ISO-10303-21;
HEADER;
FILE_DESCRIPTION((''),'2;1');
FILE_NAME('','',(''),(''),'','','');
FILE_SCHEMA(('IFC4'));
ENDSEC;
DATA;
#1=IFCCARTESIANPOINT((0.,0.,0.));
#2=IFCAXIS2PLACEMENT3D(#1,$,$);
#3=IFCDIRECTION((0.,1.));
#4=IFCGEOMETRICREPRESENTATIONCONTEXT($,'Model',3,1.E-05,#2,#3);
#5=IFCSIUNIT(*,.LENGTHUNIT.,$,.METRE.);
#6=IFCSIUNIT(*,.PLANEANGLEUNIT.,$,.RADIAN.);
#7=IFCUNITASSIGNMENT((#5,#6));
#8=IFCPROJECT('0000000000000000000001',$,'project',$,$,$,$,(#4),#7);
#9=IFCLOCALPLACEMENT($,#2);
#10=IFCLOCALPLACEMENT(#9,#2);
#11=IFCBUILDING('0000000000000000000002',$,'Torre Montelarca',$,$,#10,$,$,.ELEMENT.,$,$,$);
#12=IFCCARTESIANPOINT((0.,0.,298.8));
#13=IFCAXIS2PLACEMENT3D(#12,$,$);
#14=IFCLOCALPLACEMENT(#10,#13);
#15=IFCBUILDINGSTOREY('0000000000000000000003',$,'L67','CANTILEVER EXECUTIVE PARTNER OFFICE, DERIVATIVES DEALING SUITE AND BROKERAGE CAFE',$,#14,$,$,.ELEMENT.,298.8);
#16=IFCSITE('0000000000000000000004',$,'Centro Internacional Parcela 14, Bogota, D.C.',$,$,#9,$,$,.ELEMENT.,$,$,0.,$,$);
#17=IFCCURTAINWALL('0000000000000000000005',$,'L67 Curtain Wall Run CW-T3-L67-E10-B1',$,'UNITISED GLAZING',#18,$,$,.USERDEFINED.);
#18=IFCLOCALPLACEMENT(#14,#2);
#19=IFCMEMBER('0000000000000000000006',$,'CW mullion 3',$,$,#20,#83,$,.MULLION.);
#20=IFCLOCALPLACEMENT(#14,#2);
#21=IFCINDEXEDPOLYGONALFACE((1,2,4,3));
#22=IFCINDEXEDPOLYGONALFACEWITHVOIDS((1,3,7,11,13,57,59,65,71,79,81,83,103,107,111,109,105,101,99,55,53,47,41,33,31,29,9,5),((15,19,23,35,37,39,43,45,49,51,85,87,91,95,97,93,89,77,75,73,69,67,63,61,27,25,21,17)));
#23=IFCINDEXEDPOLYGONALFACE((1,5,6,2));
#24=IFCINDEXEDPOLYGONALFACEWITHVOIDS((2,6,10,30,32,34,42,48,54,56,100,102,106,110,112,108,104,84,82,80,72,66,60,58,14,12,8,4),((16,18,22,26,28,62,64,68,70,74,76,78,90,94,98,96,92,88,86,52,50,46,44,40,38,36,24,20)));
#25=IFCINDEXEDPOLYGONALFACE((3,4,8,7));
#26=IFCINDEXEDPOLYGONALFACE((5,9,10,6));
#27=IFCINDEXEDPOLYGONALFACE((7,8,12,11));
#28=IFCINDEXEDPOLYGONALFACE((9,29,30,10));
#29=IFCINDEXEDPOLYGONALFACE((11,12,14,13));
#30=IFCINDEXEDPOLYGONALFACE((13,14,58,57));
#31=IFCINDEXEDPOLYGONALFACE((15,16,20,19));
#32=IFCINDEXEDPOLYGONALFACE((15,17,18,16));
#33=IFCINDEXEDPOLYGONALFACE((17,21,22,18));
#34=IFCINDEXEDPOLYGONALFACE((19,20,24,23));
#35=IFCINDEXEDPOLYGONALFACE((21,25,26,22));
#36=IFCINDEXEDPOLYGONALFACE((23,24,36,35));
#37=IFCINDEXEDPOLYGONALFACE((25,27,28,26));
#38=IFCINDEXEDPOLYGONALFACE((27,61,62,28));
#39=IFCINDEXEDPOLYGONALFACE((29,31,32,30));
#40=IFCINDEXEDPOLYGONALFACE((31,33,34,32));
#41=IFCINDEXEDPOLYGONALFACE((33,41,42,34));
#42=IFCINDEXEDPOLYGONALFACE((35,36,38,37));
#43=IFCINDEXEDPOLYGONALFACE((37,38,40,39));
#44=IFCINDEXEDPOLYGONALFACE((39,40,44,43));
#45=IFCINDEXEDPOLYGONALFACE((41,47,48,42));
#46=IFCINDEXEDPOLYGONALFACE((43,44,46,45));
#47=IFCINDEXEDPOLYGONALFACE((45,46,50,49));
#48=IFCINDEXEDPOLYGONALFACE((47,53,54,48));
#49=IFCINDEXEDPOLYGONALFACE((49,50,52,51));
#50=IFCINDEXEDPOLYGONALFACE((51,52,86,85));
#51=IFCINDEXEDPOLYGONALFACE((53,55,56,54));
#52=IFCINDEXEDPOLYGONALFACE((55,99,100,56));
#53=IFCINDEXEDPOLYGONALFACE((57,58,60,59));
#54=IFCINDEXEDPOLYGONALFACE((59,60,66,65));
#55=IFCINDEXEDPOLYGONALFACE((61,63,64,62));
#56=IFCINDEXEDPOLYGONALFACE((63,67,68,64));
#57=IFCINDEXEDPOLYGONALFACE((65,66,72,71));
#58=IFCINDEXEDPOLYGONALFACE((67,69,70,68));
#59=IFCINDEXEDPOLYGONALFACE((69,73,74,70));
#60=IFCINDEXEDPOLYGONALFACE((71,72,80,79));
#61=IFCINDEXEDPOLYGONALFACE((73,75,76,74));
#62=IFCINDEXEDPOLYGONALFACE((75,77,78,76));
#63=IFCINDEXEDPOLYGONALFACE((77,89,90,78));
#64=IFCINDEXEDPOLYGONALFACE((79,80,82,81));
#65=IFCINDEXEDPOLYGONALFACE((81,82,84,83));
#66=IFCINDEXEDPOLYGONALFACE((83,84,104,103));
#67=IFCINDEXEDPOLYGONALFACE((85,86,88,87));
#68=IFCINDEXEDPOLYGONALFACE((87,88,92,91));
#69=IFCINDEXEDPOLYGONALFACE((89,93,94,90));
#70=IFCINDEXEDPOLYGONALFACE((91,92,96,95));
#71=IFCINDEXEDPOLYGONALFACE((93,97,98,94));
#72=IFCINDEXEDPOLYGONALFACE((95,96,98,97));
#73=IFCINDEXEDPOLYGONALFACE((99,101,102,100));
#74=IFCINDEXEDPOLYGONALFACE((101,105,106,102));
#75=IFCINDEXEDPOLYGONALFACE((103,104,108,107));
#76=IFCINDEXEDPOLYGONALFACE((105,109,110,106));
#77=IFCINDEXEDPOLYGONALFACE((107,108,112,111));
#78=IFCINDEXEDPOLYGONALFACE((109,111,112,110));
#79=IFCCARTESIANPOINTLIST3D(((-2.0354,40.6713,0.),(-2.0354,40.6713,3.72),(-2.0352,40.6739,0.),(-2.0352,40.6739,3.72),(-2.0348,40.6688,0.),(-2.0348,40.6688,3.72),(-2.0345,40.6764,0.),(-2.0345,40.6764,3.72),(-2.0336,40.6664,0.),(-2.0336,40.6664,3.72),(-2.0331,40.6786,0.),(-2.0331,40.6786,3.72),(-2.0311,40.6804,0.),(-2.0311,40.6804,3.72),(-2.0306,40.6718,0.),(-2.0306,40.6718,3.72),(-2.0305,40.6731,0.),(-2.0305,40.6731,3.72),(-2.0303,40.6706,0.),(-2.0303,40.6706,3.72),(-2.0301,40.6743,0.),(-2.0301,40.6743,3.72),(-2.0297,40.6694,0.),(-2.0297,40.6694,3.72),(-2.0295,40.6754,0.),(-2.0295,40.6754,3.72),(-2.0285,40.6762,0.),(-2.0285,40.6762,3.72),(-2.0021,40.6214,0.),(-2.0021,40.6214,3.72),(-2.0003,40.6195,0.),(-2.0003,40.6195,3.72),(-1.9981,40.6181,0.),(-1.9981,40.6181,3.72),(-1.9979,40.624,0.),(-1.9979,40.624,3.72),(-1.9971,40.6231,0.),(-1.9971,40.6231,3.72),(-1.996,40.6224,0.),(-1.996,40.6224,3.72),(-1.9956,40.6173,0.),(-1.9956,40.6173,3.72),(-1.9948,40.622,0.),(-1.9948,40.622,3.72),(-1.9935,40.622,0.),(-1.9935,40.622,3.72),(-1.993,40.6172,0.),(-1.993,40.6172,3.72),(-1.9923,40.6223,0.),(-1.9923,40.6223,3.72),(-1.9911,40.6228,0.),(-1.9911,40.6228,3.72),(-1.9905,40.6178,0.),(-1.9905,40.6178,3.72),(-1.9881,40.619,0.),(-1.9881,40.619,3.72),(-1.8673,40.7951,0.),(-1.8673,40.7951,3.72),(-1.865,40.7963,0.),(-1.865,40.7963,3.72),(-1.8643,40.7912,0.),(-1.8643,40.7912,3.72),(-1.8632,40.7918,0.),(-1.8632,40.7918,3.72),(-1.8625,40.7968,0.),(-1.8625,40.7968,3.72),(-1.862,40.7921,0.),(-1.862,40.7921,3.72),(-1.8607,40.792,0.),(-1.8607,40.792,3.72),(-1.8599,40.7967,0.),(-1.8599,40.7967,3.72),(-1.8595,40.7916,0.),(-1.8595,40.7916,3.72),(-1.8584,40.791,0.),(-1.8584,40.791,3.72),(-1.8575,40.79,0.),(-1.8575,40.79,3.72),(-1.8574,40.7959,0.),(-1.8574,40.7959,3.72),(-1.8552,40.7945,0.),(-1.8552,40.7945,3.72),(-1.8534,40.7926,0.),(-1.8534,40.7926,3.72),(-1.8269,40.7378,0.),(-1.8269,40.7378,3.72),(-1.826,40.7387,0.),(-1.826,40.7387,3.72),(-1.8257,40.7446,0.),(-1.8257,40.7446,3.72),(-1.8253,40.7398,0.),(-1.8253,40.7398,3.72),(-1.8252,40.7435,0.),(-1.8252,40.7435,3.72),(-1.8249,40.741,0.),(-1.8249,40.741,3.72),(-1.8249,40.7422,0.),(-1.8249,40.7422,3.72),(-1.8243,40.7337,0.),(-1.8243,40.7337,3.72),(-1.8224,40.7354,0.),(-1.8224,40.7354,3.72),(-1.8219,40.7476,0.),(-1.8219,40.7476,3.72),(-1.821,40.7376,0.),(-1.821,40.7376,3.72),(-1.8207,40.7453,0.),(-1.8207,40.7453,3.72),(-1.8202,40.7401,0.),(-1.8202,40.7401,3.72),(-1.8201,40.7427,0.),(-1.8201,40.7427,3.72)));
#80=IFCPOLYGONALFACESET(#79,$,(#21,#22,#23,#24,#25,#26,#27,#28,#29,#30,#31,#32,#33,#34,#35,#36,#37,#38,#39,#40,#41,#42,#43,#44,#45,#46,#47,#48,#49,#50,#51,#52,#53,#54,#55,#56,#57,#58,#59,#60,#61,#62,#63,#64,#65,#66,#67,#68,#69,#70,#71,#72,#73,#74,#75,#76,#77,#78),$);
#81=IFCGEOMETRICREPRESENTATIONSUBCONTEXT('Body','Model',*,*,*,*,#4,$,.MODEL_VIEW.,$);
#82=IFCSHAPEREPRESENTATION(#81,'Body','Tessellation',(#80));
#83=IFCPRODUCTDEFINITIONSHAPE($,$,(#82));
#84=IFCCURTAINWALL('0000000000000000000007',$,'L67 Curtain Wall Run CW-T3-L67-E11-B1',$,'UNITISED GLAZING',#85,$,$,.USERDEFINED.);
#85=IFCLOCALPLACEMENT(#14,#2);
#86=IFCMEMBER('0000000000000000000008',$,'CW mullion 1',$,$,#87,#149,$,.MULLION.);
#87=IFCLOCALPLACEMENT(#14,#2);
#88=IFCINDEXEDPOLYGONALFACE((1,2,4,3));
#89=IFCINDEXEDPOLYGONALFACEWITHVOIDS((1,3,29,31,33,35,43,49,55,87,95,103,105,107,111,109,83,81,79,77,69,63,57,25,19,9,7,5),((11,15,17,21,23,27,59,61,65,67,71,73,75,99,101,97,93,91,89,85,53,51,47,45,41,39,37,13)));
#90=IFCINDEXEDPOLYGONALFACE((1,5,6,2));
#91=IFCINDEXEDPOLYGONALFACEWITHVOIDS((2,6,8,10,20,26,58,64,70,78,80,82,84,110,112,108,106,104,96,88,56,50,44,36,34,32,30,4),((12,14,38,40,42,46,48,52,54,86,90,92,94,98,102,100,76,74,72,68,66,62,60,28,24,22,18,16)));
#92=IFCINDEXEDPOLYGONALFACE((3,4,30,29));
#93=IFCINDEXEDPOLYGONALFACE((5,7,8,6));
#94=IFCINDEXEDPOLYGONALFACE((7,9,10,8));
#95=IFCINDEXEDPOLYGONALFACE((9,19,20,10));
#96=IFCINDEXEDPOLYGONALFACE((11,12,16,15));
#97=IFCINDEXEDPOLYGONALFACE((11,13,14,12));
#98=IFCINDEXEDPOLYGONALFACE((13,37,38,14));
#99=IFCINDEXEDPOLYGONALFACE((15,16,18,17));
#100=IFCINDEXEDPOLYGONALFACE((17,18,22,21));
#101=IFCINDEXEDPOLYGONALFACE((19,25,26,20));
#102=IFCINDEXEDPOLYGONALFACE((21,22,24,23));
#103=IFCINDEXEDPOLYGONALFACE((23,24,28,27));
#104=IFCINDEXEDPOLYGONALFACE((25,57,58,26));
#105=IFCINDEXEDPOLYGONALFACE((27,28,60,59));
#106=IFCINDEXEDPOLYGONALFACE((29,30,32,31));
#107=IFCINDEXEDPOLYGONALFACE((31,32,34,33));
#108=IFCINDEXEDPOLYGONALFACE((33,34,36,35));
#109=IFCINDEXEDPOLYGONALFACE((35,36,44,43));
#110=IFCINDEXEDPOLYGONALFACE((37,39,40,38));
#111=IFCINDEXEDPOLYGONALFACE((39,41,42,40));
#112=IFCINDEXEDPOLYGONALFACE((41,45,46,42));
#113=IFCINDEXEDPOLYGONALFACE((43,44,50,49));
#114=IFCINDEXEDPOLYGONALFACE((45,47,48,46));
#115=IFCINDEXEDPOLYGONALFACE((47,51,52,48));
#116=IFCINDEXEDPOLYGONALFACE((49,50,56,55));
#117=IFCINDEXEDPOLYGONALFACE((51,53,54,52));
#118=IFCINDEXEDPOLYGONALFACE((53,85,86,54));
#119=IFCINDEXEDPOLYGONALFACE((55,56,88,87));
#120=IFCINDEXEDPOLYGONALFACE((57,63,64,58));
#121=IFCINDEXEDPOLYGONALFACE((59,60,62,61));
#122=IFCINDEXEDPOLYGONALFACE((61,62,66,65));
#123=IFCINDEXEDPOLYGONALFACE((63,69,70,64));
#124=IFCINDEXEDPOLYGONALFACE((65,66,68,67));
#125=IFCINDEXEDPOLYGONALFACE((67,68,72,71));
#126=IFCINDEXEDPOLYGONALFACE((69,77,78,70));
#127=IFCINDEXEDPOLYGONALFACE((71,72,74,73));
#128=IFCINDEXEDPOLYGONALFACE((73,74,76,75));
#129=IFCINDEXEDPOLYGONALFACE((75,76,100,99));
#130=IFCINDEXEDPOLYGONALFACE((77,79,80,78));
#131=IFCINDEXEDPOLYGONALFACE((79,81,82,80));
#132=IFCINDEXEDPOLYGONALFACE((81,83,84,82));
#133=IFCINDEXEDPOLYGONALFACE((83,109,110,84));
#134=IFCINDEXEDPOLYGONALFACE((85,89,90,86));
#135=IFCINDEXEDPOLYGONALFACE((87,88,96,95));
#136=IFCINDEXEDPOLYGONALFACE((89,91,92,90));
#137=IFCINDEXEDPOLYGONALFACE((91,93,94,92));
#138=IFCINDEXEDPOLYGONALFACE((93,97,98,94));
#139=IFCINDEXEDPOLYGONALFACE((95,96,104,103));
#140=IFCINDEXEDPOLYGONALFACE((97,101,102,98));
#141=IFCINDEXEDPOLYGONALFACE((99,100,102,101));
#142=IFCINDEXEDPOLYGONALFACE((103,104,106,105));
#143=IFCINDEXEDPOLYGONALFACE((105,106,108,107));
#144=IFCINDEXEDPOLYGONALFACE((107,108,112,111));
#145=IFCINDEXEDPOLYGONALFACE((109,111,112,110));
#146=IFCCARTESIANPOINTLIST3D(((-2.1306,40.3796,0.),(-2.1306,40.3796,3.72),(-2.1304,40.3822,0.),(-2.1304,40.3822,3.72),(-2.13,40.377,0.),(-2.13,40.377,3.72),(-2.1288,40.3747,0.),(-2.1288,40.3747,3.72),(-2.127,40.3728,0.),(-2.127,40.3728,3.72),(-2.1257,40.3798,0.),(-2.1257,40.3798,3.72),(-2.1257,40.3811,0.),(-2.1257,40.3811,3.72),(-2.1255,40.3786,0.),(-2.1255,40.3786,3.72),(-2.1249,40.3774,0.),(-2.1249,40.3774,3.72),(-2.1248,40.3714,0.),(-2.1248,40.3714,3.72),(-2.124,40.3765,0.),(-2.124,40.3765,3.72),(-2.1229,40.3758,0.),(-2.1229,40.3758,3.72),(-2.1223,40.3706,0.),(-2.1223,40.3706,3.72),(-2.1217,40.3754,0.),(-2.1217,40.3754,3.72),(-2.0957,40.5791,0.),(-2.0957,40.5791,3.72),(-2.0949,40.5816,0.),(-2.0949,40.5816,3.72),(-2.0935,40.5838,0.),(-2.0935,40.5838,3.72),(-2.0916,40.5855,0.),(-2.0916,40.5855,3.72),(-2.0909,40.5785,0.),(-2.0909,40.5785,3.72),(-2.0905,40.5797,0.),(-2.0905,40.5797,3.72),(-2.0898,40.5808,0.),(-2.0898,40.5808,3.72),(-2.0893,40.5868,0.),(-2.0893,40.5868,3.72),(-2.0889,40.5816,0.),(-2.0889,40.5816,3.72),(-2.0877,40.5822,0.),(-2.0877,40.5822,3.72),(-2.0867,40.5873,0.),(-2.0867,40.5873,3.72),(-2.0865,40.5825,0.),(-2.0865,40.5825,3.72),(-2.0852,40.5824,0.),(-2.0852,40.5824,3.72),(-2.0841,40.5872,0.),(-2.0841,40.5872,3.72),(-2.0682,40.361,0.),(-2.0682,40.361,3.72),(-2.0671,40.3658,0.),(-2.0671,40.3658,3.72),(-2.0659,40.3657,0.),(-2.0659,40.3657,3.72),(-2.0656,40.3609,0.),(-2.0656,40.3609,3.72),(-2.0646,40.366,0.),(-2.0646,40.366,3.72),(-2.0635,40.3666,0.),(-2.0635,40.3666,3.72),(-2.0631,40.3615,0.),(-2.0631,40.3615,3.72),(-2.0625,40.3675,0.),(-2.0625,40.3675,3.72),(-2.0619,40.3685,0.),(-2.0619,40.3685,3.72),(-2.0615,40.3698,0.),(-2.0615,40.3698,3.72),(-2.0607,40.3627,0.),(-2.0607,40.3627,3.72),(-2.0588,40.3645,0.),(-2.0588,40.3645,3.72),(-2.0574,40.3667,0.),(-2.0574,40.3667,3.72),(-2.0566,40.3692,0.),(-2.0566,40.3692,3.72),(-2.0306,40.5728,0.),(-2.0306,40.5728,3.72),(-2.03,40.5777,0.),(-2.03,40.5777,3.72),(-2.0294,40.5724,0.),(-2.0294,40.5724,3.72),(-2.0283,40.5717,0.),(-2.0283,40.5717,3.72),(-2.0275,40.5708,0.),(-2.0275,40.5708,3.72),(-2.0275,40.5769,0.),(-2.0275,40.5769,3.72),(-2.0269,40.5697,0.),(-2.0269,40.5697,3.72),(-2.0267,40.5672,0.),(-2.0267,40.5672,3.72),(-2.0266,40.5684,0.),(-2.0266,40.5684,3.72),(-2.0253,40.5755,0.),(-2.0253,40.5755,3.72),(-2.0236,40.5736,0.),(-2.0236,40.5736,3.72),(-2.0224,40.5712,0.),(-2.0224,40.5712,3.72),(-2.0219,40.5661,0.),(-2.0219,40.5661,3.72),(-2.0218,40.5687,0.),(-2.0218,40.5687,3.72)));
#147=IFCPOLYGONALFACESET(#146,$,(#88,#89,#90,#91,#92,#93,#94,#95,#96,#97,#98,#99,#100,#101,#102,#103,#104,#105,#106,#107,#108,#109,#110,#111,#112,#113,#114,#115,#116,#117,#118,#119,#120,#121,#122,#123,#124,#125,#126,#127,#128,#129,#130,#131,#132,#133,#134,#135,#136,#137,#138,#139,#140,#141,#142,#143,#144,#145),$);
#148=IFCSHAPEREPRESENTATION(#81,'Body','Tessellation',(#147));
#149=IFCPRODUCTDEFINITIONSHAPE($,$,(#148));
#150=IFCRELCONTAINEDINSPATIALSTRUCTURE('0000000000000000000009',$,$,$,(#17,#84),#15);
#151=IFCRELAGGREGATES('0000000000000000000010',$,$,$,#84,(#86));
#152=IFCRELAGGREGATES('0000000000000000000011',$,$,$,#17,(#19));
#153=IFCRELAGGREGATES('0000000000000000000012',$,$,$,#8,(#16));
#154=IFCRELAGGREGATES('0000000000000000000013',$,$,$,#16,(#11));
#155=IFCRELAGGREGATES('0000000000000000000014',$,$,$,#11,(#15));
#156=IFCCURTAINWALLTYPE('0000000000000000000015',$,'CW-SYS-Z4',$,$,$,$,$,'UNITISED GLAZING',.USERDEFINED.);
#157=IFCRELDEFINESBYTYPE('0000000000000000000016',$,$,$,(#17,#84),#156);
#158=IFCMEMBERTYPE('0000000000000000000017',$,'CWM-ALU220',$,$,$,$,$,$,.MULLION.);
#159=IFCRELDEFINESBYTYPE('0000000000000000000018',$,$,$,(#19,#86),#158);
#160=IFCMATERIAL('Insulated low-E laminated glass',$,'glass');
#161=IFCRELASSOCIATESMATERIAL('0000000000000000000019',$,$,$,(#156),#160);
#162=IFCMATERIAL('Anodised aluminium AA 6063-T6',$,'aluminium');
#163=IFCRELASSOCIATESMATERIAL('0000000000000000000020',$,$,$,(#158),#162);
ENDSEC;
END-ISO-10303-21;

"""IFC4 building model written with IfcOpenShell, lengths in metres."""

from ifc_helpers import new_model, si_unit, direction, frame, origin, origin_2d, place, context, subcontext, project, spatial, hollow_rectangle, extrude, source, transform, mapped, material, material_profile, profile_set, type_object, element, aggregate, save


model = new_model("IFC4")

# Units and contexts
model_context = context("Model", 3, precision=1e-05, world=origin(), true_north=direction((0.0, 1.0)))
body_context = subcontext(model_context, "Body", "Model", "MODEL_VIEW")
ifc_project = project(units=[si_unit("LENGTHUNIT", "METRE"), si_unit("PLANEANGLEUNIT", "RADIAN")], contexts=[model_context])

# Site, building, storey
site_placement = place(None, origin())
site = spatial("IfcSite", under=ifc_project, at=site_placement, Name="Centro Internacional Parcela 14, Bogota, D.C.", CompositionType="ELEMENT", RefElevation=0.0)
building_placement = place(site_placement, origin())
building = spatial("IfcBuilding", under=site, at=building_placement, Name="Torre Montelarca", CompositionType="ELEMENT")
storey_placement = place(building_placement, frame((0.0, 0.0, 298.8)))
storey = spatial("IfcBuildingStorey", under=building, at=storey_placement, Name="L67", Description="CANTILEVER EXECUTIVE PARTNER OFFICE, DERIVATIVES DEALING SUITE AND BROKERAGE CAFE", CompositionType="ELEMENT", Elevation=298.8)

# Curtain walls, members
ifc_material_1 = material(Name="Insulated low-E laminated glass", Category="glass")
curtain_wall_type = type_object("IfcCurtainWallType", Name="CW-SYS-Z4", ElementType="UNITISED GLAZING", PredefinedType="USERDEFINED", material=ifc_material_1)
curtain_wall_1_placement = place(storey_placement, origin())
curtain_wall_1 = element("IfcCurtainWall", 1, at=curtain_wall_1_placement, inside=storey, type_object=curtain_wall_type, Name="L67 Curtain Wall Run CW-T3-L67-E10-B1", ObjectType="UNITISED GLAZING", PredefinedType="USERDEFINED")
ifc_material_2 = material(Name="Anodised aluminium AA 6063-T6", Category="aluminium")
ifc_material_profile_1 = material_profile(ifc_material_2, hollow_rectangle(XDim=0.075, YDim=0.22, WallThickness=0.0049, InnerFilletRadius=0.0049, OuterFilletRadius=0.01, at=origin_2d()), Name="ALU75X220X5", Category="aluminium")
ifc_profile_set_1 = profile_set([ifc_material_profile_1], Name="Anodised aluminium AA 6063-T6")
member_type_1 = type_object("IfcMemberType", Name="CWM-ALU220", PredefinedType="MULLION", material=ifc_profile_set_1)
shared_shape_1 = source(origin(), body_context, "Body", "SweptSolid", [
    extrude(hollow_rectangle(XDim=0.075, YDim=0.22, WallThickness=0.0049, InnerFilletRadius=0.0049, OuterFilletRadius=0.01, at=origin_2d()), origin(), (0.0, 0.0, 1.0), 3.72),
])
member_1_placement = place(storey_placement, frame((-1.9277, 40.707, 0.0), z_axis=(0.0, 0.0, 1.0), x_axis=(0.573572, -0.819155, 0.0)))
member_1 = element("IfcMember", 2, at=member_1_placement, type_object=member_type_1, Name="CW mullion 3", PredefinedType="MULLION", context=body_context, shape_type="MappedRepresentation", body=[
    mapped(shared_shape_1, transform((0.0, 0.0, 0.0), scale=1.0)),
])
curtain_wall_2_placement = place(storey_placement, origin())
curtain_wall_2 = element("IfcCurtainWall", 3, at=curtain_wall_2_placement, inside=storey, type_object=curtain_wall_type, Name="L67 Curtain Wall Run CW-T3-L67-E11-B1", ObjectType="UNITISED GLAZING", PredefinedType="USERDEFINED")
member_2_placement = place(storey_placement, frame((-2.0762, 40.4741, 0.0), z_axis=(0.0, 0.0, 1.0), x_axis=(0.98481, -0.173635, 0.0)))
member_2 = element("IfcMember", 4, at=member_2_placement, type_object=member_type_1, Name="CW mullion 1", PredefinedType="MULLION", context=body_context, shape_type="MappedRepresentation", body=[
    mapped(shared_shape_1, transform((0.0, 0.0, 0.0), scale=1.0)),
])

aggregate(curtain_wall_2, [member_2])
aggregate(curtain_wall_1, [member_1])

save(model, "model.ifc")
